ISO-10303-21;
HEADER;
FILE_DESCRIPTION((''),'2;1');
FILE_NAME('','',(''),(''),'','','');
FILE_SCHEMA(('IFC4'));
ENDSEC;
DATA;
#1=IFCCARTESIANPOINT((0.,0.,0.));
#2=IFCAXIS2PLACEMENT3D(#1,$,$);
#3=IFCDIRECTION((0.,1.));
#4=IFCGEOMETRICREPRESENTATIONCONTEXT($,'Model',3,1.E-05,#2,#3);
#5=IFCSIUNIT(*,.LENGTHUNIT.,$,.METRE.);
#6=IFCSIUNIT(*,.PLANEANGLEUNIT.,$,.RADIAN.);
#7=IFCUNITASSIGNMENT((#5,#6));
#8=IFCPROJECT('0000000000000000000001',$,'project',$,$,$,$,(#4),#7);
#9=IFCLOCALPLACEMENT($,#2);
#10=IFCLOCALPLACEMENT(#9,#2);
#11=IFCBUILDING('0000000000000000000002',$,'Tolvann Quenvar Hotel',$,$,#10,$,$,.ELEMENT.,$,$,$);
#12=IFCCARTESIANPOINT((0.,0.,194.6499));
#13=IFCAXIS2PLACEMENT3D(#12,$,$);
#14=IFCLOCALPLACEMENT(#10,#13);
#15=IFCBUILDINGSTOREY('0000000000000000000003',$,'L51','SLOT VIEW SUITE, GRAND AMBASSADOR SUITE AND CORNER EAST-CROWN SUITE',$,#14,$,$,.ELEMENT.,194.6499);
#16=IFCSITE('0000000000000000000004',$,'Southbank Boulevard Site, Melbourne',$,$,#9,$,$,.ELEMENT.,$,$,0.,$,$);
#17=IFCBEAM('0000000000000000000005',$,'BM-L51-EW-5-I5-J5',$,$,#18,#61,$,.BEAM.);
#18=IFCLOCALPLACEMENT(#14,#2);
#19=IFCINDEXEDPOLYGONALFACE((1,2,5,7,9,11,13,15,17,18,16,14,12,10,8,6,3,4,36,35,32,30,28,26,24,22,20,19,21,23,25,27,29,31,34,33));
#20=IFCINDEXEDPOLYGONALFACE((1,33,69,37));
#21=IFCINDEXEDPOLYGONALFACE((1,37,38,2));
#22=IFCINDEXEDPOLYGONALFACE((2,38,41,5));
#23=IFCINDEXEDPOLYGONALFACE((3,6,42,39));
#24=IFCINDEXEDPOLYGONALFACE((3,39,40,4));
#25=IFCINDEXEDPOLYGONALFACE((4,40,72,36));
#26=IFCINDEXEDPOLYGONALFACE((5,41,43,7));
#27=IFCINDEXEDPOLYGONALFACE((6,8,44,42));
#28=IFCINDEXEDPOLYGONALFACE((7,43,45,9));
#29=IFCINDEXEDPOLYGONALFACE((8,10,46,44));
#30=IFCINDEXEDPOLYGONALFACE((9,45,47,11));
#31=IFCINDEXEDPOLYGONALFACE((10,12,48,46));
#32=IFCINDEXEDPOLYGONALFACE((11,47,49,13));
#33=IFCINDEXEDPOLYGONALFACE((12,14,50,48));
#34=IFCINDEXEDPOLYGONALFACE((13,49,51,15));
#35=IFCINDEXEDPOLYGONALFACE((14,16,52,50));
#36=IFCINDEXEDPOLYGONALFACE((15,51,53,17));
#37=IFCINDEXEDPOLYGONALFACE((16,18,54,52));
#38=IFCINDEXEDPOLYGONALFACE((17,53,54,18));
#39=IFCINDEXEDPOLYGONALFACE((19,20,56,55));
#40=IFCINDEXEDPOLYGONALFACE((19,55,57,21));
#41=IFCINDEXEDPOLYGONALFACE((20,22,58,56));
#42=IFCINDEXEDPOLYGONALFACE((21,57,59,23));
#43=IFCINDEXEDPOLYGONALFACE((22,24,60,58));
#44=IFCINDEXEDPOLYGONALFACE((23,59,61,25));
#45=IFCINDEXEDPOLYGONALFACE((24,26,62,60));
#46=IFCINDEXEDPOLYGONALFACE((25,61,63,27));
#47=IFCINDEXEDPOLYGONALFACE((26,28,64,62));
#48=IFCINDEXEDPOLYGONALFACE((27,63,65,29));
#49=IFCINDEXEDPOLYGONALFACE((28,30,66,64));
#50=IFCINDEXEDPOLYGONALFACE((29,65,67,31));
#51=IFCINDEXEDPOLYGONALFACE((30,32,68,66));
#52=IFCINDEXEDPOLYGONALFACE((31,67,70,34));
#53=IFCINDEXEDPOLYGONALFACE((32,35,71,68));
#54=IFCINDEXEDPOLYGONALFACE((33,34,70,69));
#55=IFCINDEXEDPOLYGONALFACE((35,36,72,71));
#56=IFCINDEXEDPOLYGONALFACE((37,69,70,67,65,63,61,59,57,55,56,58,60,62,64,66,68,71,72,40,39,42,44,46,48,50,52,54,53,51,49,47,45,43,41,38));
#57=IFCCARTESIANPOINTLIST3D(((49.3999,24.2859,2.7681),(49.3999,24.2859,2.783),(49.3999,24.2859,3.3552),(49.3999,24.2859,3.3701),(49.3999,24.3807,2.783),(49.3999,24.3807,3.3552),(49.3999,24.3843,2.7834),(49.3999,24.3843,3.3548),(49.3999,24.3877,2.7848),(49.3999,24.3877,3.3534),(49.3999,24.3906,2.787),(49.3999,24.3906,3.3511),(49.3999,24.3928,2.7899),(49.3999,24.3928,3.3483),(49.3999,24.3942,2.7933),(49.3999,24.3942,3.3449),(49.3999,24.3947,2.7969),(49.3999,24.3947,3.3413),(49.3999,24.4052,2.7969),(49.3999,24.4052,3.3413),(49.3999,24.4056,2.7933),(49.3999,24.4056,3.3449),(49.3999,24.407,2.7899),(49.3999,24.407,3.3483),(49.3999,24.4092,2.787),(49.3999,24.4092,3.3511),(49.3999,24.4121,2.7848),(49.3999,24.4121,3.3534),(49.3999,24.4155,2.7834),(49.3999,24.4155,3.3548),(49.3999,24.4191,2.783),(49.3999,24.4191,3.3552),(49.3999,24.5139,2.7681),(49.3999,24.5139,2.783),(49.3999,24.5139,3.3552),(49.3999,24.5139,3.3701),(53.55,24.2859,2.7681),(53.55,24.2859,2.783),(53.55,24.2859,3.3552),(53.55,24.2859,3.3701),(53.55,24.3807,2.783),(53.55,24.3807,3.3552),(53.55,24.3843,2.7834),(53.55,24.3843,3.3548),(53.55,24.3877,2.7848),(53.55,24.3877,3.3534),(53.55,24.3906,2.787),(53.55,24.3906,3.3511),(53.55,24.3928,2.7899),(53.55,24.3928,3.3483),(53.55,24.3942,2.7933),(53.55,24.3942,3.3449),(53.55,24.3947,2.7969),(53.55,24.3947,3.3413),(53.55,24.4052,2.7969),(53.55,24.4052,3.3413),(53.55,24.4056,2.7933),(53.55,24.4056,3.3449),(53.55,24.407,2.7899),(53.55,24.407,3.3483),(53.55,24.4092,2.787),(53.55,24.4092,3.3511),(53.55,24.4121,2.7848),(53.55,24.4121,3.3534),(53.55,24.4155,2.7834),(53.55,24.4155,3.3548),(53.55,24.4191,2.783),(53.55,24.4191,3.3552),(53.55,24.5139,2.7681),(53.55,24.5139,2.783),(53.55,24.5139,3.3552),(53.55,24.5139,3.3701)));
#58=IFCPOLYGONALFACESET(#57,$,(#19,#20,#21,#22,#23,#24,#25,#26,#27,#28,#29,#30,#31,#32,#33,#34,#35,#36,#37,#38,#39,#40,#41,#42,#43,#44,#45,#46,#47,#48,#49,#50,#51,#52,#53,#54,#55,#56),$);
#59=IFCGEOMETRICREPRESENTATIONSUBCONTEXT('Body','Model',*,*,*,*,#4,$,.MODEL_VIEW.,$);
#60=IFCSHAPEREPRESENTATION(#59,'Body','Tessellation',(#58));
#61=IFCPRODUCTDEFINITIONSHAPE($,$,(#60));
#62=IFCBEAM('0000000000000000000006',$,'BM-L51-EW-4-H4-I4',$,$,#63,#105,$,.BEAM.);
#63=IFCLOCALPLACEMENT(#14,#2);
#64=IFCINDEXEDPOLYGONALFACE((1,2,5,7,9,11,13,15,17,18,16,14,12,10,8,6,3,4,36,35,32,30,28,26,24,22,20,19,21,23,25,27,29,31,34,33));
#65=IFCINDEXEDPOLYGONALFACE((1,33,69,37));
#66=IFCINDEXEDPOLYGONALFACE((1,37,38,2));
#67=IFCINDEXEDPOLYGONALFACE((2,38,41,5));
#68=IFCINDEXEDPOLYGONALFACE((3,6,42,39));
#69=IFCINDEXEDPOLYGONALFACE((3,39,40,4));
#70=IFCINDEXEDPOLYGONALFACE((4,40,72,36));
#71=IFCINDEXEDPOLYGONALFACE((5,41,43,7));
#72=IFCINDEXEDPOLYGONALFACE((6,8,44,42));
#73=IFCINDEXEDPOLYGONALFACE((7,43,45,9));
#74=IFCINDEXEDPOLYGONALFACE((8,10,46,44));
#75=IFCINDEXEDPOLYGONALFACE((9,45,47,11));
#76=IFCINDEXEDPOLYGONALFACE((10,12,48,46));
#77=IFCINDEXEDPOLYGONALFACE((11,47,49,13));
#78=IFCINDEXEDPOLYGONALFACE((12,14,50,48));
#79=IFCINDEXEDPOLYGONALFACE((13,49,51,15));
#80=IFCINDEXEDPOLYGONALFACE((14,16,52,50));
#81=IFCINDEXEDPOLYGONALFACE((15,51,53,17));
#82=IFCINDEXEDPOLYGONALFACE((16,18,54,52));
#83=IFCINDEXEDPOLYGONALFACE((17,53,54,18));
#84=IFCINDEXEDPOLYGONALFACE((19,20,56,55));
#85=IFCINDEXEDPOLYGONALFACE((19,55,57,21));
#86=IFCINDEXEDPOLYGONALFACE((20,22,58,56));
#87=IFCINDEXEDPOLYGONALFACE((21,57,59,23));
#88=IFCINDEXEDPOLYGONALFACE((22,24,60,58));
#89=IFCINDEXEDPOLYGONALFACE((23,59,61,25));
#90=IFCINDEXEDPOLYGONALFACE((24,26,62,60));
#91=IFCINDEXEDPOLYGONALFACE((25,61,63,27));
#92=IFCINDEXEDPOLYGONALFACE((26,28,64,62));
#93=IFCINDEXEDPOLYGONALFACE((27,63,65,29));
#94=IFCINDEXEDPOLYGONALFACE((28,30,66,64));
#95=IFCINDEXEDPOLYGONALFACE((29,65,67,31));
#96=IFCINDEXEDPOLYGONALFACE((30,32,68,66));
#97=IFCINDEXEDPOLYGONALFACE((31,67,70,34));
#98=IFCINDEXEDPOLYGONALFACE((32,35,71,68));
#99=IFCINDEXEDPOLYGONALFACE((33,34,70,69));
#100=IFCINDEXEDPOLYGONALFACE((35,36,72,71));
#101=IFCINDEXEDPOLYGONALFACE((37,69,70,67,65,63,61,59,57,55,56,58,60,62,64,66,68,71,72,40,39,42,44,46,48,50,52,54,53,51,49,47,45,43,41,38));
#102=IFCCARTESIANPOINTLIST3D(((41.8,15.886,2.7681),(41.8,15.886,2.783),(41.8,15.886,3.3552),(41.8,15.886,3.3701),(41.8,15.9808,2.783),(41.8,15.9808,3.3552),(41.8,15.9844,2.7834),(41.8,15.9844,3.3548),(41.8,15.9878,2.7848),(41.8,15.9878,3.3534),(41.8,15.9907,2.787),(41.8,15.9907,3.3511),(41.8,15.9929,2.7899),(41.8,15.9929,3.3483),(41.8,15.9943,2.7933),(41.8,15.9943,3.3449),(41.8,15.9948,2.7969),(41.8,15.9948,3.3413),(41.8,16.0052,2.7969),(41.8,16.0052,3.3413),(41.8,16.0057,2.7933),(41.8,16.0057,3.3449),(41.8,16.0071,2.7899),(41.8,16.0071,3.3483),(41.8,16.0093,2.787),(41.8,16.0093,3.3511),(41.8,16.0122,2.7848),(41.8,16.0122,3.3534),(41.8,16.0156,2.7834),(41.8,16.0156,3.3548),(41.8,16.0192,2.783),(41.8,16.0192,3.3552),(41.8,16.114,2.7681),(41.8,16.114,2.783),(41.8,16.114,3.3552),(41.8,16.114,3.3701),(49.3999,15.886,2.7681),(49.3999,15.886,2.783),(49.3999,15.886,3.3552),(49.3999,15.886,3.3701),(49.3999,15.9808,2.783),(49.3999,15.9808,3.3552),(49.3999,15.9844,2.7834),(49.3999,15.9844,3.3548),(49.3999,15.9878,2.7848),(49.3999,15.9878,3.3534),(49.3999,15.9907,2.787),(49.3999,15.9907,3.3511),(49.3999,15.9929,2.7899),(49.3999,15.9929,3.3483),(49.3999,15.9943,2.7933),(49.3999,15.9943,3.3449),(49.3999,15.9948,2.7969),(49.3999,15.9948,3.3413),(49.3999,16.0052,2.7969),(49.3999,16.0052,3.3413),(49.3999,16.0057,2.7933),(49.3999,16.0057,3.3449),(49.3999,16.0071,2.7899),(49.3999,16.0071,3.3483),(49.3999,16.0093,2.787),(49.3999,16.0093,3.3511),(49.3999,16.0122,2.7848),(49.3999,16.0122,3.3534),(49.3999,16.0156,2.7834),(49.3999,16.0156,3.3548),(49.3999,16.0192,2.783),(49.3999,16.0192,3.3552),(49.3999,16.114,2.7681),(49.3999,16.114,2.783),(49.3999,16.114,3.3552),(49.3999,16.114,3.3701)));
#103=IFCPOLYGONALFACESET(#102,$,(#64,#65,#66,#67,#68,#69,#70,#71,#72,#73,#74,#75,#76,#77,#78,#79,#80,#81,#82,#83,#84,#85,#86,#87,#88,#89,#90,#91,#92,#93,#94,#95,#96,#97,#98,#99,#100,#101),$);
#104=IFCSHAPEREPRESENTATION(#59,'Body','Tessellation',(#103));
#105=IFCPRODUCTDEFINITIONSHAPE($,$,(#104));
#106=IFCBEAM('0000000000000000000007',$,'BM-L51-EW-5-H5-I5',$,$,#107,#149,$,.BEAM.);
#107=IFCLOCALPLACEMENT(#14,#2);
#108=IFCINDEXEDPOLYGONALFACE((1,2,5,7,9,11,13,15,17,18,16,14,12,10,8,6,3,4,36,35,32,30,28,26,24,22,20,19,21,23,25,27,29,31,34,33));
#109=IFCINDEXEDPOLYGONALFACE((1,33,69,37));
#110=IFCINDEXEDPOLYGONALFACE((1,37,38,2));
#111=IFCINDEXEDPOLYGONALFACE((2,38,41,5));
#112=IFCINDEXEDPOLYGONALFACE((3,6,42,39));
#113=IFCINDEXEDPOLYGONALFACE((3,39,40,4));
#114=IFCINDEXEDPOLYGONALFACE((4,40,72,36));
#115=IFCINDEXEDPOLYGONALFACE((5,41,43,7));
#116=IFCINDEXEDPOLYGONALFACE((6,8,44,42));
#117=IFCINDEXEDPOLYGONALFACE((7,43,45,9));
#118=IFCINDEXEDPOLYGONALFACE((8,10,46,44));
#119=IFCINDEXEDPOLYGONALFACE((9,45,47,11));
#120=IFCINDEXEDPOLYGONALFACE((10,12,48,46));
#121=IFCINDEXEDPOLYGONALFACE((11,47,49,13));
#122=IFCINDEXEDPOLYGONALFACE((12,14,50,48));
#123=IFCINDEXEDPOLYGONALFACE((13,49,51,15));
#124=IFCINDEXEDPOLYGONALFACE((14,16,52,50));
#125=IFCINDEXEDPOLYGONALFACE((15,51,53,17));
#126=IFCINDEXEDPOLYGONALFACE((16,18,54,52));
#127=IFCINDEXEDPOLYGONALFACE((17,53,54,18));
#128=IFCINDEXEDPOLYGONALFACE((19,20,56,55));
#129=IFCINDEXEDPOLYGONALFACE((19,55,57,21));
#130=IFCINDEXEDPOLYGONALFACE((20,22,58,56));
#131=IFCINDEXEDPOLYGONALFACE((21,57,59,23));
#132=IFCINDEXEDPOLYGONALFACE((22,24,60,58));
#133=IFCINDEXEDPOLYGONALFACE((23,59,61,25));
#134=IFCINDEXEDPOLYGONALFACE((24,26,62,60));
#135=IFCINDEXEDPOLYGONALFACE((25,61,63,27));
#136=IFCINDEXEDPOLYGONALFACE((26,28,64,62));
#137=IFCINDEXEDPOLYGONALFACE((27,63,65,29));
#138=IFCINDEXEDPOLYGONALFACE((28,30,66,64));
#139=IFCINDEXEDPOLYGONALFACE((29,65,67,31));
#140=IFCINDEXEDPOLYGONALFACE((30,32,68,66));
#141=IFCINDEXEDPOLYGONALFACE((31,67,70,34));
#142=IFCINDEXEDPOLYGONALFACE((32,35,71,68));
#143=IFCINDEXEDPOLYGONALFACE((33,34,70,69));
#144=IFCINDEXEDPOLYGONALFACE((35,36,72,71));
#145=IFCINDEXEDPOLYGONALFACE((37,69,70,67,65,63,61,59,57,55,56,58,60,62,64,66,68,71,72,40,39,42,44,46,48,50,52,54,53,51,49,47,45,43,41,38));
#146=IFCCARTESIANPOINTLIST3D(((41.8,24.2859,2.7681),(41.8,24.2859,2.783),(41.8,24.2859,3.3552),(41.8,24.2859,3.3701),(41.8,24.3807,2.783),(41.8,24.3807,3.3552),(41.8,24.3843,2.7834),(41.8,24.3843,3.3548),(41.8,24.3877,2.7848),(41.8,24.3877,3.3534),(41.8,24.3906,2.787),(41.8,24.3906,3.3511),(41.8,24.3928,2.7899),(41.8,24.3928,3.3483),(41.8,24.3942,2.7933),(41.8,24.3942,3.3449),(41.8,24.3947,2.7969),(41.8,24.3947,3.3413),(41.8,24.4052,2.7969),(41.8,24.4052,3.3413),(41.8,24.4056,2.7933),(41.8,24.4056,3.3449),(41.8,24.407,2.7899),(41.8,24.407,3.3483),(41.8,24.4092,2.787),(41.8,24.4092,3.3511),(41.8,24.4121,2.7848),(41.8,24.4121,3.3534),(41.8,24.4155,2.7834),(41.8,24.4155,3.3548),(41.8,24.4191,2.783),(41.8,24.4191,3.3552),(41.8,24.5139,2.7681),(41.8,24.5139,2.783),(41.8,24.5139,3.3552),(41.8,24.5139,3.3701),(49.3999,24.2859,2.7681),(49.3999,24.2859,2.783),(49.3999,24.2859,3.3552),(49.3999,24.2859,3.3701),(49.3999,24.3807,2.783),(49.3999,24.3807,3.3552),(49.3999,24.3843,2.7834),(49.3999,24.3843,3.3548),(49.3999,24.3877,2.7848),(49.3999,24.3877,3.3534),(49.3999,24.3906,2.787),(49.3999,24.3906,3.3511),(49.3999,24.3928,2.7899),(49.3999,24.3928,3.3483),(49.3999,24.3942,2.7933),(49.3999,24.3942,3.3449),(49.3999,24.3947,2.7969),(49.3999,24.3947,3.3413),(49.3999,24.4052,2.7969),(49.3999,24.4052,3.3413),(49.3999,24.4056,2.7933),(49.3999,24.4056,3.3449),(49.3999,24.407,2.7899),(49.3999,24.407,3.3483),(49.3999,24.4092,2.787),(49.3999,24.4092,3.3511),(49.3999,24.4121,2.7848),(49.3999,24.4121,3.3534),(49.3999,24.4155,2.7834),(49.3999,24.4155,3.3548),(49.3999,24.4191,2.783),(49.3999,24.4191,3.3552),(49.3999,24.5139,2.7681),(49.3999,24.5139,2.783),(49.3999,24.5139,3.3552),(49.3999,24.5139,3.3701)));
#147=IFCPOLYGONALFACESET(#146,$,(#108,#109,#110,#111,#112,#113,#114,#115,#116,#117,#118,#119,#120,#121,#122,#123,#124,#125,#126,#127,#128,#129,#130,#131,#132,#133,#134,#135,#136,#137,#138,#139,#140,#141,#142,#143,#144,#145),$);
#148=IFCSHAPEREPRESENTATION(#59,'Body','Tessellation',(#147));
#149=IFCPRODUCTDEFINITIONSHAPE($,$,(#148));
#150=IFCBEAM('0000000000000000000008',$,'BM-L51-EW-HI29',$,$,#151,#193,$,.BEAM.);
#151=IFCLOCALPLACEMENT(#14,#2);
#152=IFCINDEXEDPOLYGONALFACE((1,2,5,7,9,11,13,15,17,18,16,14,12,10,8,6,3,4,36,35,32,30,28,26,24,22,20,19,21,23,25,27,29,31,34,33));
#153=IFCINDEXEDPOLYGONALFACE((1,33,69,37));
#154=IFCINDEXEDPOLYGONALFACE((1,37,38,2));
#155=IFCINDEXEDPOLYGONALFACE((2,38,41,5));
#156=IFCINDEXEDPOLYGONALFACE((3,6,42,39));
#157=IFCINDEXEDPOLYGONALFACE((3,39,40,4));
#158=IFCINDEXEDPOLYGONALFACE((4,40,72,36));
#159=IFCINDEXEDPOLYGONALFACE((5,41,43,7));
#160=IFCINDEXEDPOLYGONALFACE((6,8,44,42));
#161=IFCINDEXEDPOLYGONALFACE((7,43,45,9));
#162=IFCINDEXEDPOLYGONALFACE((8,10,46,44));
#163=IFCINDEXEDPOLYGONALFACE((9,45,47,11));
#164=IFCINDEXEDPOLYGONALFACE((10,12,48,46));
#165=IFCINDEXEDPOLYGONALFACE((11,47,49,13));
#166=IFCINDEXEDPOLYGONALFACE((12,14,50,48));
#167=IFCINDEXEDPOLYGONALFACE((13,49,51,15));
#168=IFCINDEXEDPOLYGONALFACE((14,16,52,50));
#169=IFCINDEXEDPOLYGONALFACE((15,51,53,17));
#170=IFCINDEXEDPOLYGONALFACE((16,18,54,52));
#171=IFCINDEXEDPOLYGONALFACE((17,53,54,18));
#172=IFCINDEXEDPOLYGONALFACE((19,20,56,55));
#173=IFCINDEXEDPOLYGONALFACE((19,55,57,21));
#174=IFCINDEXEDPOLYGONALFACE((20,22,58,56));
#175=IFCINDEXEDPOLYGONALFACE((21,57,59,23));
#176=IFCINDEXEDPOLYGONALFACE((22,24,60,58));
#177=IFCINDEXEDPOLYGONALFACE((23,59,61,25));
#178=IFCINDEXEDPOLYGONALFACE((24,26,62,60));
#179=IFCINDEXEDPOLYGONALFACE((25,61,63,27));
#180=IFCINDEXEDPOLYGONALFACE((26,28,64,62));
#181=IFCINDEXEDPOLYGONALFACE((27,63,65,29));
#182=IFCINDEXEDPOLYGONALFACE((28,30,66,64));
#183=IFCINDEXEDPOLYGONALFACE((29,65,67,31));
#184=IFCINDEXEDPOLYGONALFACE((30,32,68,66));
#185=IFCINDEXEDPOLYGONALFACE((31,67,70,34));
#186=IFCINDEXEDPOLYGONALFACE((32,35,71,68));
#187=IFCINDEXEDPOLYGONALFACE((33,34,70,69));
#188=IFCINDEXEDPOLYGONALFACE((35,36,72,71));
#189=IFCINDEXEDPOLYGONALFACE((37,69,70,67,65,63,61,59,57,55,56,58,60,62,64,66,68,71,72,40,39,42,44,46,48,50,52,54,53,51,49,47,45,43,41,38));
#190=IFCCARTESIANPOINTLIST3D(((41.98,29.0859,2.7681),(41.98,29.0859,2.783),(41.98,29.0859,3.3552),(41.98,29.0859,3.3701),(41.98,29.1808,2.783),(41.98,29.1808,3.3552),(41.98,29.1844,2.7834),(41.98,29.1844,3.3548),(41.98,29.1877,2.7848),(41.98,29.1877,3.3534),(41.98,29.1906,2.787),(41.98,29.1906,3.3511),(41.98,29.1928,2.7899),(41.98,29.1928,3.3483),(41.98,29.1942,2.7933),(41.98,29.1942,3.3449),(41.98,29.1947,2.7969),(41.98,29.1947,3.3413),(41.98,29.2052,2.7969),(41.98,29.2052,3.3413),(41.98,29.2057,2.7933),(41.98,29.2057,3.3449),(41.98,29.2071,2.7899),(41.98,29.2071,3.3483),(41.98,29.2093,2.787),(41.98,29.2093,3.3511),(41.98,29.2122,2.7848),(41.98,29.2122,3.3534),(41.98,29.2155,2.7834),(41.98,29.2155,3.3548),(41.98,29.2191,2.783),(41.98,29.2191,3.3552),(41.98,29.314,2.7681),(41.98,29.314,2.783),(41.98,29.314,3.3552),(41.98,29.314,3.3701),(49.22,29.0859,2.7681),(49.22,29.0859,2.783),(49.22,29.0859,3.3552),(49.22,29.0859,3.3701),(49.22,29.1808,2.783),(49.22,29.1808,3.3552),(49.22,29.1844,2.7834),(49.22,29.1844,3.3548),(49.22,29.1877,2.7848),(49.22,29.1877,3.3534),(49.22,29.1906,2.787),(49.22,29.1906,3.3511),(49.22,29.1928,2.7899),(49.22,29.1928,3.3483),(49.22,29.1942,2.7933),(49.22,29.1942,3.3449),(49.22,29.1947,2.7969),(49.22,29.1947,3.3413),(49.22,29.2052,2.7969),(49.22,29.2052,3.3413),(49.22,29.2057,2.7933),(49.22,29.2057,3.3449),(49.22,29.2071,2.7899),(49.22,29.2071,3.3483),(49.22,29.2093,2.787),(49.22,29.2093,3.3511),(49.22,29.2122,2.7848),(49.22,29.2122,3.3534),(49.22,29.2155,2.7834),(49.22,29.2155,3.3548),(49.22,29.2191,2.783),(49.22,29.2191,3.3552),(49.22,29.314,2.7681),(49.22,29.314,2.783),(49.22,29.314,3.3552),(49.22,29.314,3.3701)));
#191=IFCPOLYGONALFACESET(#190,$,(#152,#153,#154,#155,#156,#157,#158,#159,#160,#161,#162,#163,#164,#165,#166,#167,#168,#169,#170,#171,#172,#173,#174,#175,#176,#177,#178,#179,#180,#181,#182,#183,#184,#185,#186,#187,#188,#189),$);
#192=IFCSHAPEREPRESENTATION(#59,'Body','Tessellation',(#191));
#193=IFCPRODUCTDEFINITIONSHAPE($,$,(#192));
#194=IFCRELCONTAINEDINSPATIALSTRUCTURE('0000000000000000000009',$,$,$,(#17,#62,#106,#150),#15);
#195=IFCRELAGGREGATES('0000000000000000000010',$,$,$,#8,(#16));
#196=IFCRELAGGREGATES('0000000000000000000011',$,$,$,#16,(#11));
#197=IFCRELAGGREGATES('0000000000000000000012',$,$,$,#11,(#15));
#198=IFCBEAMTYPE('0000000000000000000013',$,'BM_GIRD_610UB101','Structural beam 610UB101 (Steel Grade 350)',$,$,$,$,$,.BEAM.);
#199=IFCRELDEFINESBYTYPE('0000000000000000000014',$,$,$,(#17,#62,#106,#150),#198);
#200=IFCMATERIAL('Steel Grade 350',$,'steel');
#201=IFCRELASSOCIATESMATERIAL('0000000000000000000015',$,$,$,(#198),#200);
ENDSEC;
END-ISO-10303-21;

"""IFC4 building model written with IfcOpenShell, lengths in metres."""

from ifc_helpers import new_model, si_unit, direction, frame, origin, origin_2d, place, context, subcontext, project, spatial, i_section, extrude, source, transform, mapped, material, material_profile, profile_set, type_object, element, save


model = new_model("IFC4")

# Units and contexts
model_context = context("Model", 3, precision=1e-05, world=origin(), true_north=direction((0.0, 1.0)))
body_context = subcontext(model_context, "Body", "Model", "MODEL_VIEW")
ifc_project = project(units=[si_unit("LENGTHUNIT", "METRE"), si_unit("PLANEANGLEUNIT", "RADIAN")], contexts=[model_context])

# Site, building, storey
site_placement = place(None, origin())
site = spatial("IfcSite", under=ifc_project, at=site_placement, Name="Southbank Boulevard Site, Melbourne", CompositionType="ELEMENT", RefElevation=0.0)
building_placement = place(site_placement, origin())
building = spatial("IfcBuilding", under=site, at=building_placement, Name="Tolvann Quenvar Hotel", CompositionType="ELEMENT")
storey_placement = place(building_placement, frame((0.0, 0.0, 194.6499)))
storey = spatial("IfcBuildingStorey", under=building, at=storey_placement, Name="L51", Description="SLOT VIEW SUITE, GRAND AMBASSADOR SUITE AND CORNER EAST-CROWN SUITE", CompositionType="ELEMENT", Elevation=194.6499)

# Shared definitions
ifc_material_1 = material(Name="Steel Grade 350", Category="steel")

# Beams
ifc_material_profile_1 = material_profile(ifc_material_1, i_section(OverallWidth=0.228, OverallDepth=0.6021, WebThickness=0.0105, FlangeThickness=0.0149, FilletRadius=0.0139, at=origin_2d()), Name="610UB101")
ifc_profile_set_1 = profile_set([ifc_material_profile_1], Name="Steel Grade 350")
beam_type_1 = type_object("IfcBeamType", Name="BM_GIRD_610UB101", Description="Structural beam 610UB101 (Steel Grade 350)", PredefinedType="BEAM", material=ifc_profile_set_1)
shared_shape_1 = source(origin(), body_context, "Body", "SweptSolid", [
    extrude(i_section(OverallWidth=0.228, OverallDepth=0.6021, WebThickness=0.0105, FlangeThickness=0.0149, FilletRadius=0.0139, at=origin_2d()), origin(), (0.0, 0.0, 1.0), 4.1501),
])
for number, where, z_axis, x_axis, name in (
    (1, (49.3999, 24.3999, 3.0691), (1.0, 0.0, 0.0), (0.0, 1.0, 0.0), "BM-L51-EW-5-I5-J5"),
):
    element("IfcBeam", number, at=place(storey_placement, frame(where, z_axis=z_axis, x_axis=x_axis)), inside=storey, type_object=beam_type_1, Name=name, PredefinedType="BEAM", context=body_context, shape_type="MappedRepresentation", body=[
        mapped(shared_shape_1, transform((0.0, 0.0, 0.0), x_axis=(1.0, 0.0, 0.0), y_axis=(0.0, 1.0, 0.0), z_axis=(0.0, 0.0, 1.0), scale=1.0)),
    ])
shared_shape_2 = source(origin(), body_context, "Body", "SweptSolid", [
    extrude(i_section(OverallWidth=0.228, OverallDepth=0.6021, WebThickness=0.0105, FlangeThickness=0.0149, FilletRadius=0.0139, at=origin_2d()), origin(), (0.0, 0.0, 1.0), 7.5999),
])
for number, where, z_axis, x_axis, name in (
    (2, (41.8, 16.0, 3.0691), (1.0, 0.0, 0.0), (0.0, 1.0, 0.0), "BM-L51-EW-4-H4-I4"),
    (3, (41.8, 24.3999, 3.0691), (1.0, 0.0, 0.0), (0.0, 1.0, 0.0), "BM-L51-EW-5-H5-I5"),
):
    element("IfcBeam", number, at=place(storey_placement, frame(where, z_axis=z_axis, x_axis=x_axis)), inside=storey, type_object=beam_type_1, Name=name, PredefinedType="BEAM", context=body_context, shape_type="MappedRepresentation", body=[
        mapped(shared_shape_2, transform((0.0, 0.0, 0.0), x_axis=(1.0, 0.0, 0.0), y_axis=(0.0, 1.0, 0.0), z_axis=(0.0, 0.0, 1.0), scale=1.0)),
    ])
shared_shape_3 = source(origin(), body_context, "Body", "SweptSolid", [
    extrude(i_section(OverallWidth=0.228, OverallDepth=0.6021, WebThickness=0.0105, FlangeThickness=0.0149, FilletRadius=0.0139, at=origin_2d()), origin(), (0.0, 0.0, 1.0), 7.24),
])
beam_1_placement = place(storey_placement, frame((41.98, 29.2, 3.0691), z_axis=(1.0, 0.0, 0.0), x_axis=(0.0, 1.0, 0.0)))
element("IfcBeam", 4, at=beam_1_placement, inside=storey, type_object=beam_type_1, Name="BM-L51-EW-HI29", PredefinedType="BEAM", context=body_context, shape_type="MappedRepresentation", body=[
    mapped(shared_shape_3, transform((0.0, 0.0, 0.0), x_axis=(1.0, 0.0, 0.0), y_axis=(0.0, 1.0, 0.0), z_axis=(0.0, 0.0, 1.0), scale=1.0)),
])

save(model, "model.ifc")
